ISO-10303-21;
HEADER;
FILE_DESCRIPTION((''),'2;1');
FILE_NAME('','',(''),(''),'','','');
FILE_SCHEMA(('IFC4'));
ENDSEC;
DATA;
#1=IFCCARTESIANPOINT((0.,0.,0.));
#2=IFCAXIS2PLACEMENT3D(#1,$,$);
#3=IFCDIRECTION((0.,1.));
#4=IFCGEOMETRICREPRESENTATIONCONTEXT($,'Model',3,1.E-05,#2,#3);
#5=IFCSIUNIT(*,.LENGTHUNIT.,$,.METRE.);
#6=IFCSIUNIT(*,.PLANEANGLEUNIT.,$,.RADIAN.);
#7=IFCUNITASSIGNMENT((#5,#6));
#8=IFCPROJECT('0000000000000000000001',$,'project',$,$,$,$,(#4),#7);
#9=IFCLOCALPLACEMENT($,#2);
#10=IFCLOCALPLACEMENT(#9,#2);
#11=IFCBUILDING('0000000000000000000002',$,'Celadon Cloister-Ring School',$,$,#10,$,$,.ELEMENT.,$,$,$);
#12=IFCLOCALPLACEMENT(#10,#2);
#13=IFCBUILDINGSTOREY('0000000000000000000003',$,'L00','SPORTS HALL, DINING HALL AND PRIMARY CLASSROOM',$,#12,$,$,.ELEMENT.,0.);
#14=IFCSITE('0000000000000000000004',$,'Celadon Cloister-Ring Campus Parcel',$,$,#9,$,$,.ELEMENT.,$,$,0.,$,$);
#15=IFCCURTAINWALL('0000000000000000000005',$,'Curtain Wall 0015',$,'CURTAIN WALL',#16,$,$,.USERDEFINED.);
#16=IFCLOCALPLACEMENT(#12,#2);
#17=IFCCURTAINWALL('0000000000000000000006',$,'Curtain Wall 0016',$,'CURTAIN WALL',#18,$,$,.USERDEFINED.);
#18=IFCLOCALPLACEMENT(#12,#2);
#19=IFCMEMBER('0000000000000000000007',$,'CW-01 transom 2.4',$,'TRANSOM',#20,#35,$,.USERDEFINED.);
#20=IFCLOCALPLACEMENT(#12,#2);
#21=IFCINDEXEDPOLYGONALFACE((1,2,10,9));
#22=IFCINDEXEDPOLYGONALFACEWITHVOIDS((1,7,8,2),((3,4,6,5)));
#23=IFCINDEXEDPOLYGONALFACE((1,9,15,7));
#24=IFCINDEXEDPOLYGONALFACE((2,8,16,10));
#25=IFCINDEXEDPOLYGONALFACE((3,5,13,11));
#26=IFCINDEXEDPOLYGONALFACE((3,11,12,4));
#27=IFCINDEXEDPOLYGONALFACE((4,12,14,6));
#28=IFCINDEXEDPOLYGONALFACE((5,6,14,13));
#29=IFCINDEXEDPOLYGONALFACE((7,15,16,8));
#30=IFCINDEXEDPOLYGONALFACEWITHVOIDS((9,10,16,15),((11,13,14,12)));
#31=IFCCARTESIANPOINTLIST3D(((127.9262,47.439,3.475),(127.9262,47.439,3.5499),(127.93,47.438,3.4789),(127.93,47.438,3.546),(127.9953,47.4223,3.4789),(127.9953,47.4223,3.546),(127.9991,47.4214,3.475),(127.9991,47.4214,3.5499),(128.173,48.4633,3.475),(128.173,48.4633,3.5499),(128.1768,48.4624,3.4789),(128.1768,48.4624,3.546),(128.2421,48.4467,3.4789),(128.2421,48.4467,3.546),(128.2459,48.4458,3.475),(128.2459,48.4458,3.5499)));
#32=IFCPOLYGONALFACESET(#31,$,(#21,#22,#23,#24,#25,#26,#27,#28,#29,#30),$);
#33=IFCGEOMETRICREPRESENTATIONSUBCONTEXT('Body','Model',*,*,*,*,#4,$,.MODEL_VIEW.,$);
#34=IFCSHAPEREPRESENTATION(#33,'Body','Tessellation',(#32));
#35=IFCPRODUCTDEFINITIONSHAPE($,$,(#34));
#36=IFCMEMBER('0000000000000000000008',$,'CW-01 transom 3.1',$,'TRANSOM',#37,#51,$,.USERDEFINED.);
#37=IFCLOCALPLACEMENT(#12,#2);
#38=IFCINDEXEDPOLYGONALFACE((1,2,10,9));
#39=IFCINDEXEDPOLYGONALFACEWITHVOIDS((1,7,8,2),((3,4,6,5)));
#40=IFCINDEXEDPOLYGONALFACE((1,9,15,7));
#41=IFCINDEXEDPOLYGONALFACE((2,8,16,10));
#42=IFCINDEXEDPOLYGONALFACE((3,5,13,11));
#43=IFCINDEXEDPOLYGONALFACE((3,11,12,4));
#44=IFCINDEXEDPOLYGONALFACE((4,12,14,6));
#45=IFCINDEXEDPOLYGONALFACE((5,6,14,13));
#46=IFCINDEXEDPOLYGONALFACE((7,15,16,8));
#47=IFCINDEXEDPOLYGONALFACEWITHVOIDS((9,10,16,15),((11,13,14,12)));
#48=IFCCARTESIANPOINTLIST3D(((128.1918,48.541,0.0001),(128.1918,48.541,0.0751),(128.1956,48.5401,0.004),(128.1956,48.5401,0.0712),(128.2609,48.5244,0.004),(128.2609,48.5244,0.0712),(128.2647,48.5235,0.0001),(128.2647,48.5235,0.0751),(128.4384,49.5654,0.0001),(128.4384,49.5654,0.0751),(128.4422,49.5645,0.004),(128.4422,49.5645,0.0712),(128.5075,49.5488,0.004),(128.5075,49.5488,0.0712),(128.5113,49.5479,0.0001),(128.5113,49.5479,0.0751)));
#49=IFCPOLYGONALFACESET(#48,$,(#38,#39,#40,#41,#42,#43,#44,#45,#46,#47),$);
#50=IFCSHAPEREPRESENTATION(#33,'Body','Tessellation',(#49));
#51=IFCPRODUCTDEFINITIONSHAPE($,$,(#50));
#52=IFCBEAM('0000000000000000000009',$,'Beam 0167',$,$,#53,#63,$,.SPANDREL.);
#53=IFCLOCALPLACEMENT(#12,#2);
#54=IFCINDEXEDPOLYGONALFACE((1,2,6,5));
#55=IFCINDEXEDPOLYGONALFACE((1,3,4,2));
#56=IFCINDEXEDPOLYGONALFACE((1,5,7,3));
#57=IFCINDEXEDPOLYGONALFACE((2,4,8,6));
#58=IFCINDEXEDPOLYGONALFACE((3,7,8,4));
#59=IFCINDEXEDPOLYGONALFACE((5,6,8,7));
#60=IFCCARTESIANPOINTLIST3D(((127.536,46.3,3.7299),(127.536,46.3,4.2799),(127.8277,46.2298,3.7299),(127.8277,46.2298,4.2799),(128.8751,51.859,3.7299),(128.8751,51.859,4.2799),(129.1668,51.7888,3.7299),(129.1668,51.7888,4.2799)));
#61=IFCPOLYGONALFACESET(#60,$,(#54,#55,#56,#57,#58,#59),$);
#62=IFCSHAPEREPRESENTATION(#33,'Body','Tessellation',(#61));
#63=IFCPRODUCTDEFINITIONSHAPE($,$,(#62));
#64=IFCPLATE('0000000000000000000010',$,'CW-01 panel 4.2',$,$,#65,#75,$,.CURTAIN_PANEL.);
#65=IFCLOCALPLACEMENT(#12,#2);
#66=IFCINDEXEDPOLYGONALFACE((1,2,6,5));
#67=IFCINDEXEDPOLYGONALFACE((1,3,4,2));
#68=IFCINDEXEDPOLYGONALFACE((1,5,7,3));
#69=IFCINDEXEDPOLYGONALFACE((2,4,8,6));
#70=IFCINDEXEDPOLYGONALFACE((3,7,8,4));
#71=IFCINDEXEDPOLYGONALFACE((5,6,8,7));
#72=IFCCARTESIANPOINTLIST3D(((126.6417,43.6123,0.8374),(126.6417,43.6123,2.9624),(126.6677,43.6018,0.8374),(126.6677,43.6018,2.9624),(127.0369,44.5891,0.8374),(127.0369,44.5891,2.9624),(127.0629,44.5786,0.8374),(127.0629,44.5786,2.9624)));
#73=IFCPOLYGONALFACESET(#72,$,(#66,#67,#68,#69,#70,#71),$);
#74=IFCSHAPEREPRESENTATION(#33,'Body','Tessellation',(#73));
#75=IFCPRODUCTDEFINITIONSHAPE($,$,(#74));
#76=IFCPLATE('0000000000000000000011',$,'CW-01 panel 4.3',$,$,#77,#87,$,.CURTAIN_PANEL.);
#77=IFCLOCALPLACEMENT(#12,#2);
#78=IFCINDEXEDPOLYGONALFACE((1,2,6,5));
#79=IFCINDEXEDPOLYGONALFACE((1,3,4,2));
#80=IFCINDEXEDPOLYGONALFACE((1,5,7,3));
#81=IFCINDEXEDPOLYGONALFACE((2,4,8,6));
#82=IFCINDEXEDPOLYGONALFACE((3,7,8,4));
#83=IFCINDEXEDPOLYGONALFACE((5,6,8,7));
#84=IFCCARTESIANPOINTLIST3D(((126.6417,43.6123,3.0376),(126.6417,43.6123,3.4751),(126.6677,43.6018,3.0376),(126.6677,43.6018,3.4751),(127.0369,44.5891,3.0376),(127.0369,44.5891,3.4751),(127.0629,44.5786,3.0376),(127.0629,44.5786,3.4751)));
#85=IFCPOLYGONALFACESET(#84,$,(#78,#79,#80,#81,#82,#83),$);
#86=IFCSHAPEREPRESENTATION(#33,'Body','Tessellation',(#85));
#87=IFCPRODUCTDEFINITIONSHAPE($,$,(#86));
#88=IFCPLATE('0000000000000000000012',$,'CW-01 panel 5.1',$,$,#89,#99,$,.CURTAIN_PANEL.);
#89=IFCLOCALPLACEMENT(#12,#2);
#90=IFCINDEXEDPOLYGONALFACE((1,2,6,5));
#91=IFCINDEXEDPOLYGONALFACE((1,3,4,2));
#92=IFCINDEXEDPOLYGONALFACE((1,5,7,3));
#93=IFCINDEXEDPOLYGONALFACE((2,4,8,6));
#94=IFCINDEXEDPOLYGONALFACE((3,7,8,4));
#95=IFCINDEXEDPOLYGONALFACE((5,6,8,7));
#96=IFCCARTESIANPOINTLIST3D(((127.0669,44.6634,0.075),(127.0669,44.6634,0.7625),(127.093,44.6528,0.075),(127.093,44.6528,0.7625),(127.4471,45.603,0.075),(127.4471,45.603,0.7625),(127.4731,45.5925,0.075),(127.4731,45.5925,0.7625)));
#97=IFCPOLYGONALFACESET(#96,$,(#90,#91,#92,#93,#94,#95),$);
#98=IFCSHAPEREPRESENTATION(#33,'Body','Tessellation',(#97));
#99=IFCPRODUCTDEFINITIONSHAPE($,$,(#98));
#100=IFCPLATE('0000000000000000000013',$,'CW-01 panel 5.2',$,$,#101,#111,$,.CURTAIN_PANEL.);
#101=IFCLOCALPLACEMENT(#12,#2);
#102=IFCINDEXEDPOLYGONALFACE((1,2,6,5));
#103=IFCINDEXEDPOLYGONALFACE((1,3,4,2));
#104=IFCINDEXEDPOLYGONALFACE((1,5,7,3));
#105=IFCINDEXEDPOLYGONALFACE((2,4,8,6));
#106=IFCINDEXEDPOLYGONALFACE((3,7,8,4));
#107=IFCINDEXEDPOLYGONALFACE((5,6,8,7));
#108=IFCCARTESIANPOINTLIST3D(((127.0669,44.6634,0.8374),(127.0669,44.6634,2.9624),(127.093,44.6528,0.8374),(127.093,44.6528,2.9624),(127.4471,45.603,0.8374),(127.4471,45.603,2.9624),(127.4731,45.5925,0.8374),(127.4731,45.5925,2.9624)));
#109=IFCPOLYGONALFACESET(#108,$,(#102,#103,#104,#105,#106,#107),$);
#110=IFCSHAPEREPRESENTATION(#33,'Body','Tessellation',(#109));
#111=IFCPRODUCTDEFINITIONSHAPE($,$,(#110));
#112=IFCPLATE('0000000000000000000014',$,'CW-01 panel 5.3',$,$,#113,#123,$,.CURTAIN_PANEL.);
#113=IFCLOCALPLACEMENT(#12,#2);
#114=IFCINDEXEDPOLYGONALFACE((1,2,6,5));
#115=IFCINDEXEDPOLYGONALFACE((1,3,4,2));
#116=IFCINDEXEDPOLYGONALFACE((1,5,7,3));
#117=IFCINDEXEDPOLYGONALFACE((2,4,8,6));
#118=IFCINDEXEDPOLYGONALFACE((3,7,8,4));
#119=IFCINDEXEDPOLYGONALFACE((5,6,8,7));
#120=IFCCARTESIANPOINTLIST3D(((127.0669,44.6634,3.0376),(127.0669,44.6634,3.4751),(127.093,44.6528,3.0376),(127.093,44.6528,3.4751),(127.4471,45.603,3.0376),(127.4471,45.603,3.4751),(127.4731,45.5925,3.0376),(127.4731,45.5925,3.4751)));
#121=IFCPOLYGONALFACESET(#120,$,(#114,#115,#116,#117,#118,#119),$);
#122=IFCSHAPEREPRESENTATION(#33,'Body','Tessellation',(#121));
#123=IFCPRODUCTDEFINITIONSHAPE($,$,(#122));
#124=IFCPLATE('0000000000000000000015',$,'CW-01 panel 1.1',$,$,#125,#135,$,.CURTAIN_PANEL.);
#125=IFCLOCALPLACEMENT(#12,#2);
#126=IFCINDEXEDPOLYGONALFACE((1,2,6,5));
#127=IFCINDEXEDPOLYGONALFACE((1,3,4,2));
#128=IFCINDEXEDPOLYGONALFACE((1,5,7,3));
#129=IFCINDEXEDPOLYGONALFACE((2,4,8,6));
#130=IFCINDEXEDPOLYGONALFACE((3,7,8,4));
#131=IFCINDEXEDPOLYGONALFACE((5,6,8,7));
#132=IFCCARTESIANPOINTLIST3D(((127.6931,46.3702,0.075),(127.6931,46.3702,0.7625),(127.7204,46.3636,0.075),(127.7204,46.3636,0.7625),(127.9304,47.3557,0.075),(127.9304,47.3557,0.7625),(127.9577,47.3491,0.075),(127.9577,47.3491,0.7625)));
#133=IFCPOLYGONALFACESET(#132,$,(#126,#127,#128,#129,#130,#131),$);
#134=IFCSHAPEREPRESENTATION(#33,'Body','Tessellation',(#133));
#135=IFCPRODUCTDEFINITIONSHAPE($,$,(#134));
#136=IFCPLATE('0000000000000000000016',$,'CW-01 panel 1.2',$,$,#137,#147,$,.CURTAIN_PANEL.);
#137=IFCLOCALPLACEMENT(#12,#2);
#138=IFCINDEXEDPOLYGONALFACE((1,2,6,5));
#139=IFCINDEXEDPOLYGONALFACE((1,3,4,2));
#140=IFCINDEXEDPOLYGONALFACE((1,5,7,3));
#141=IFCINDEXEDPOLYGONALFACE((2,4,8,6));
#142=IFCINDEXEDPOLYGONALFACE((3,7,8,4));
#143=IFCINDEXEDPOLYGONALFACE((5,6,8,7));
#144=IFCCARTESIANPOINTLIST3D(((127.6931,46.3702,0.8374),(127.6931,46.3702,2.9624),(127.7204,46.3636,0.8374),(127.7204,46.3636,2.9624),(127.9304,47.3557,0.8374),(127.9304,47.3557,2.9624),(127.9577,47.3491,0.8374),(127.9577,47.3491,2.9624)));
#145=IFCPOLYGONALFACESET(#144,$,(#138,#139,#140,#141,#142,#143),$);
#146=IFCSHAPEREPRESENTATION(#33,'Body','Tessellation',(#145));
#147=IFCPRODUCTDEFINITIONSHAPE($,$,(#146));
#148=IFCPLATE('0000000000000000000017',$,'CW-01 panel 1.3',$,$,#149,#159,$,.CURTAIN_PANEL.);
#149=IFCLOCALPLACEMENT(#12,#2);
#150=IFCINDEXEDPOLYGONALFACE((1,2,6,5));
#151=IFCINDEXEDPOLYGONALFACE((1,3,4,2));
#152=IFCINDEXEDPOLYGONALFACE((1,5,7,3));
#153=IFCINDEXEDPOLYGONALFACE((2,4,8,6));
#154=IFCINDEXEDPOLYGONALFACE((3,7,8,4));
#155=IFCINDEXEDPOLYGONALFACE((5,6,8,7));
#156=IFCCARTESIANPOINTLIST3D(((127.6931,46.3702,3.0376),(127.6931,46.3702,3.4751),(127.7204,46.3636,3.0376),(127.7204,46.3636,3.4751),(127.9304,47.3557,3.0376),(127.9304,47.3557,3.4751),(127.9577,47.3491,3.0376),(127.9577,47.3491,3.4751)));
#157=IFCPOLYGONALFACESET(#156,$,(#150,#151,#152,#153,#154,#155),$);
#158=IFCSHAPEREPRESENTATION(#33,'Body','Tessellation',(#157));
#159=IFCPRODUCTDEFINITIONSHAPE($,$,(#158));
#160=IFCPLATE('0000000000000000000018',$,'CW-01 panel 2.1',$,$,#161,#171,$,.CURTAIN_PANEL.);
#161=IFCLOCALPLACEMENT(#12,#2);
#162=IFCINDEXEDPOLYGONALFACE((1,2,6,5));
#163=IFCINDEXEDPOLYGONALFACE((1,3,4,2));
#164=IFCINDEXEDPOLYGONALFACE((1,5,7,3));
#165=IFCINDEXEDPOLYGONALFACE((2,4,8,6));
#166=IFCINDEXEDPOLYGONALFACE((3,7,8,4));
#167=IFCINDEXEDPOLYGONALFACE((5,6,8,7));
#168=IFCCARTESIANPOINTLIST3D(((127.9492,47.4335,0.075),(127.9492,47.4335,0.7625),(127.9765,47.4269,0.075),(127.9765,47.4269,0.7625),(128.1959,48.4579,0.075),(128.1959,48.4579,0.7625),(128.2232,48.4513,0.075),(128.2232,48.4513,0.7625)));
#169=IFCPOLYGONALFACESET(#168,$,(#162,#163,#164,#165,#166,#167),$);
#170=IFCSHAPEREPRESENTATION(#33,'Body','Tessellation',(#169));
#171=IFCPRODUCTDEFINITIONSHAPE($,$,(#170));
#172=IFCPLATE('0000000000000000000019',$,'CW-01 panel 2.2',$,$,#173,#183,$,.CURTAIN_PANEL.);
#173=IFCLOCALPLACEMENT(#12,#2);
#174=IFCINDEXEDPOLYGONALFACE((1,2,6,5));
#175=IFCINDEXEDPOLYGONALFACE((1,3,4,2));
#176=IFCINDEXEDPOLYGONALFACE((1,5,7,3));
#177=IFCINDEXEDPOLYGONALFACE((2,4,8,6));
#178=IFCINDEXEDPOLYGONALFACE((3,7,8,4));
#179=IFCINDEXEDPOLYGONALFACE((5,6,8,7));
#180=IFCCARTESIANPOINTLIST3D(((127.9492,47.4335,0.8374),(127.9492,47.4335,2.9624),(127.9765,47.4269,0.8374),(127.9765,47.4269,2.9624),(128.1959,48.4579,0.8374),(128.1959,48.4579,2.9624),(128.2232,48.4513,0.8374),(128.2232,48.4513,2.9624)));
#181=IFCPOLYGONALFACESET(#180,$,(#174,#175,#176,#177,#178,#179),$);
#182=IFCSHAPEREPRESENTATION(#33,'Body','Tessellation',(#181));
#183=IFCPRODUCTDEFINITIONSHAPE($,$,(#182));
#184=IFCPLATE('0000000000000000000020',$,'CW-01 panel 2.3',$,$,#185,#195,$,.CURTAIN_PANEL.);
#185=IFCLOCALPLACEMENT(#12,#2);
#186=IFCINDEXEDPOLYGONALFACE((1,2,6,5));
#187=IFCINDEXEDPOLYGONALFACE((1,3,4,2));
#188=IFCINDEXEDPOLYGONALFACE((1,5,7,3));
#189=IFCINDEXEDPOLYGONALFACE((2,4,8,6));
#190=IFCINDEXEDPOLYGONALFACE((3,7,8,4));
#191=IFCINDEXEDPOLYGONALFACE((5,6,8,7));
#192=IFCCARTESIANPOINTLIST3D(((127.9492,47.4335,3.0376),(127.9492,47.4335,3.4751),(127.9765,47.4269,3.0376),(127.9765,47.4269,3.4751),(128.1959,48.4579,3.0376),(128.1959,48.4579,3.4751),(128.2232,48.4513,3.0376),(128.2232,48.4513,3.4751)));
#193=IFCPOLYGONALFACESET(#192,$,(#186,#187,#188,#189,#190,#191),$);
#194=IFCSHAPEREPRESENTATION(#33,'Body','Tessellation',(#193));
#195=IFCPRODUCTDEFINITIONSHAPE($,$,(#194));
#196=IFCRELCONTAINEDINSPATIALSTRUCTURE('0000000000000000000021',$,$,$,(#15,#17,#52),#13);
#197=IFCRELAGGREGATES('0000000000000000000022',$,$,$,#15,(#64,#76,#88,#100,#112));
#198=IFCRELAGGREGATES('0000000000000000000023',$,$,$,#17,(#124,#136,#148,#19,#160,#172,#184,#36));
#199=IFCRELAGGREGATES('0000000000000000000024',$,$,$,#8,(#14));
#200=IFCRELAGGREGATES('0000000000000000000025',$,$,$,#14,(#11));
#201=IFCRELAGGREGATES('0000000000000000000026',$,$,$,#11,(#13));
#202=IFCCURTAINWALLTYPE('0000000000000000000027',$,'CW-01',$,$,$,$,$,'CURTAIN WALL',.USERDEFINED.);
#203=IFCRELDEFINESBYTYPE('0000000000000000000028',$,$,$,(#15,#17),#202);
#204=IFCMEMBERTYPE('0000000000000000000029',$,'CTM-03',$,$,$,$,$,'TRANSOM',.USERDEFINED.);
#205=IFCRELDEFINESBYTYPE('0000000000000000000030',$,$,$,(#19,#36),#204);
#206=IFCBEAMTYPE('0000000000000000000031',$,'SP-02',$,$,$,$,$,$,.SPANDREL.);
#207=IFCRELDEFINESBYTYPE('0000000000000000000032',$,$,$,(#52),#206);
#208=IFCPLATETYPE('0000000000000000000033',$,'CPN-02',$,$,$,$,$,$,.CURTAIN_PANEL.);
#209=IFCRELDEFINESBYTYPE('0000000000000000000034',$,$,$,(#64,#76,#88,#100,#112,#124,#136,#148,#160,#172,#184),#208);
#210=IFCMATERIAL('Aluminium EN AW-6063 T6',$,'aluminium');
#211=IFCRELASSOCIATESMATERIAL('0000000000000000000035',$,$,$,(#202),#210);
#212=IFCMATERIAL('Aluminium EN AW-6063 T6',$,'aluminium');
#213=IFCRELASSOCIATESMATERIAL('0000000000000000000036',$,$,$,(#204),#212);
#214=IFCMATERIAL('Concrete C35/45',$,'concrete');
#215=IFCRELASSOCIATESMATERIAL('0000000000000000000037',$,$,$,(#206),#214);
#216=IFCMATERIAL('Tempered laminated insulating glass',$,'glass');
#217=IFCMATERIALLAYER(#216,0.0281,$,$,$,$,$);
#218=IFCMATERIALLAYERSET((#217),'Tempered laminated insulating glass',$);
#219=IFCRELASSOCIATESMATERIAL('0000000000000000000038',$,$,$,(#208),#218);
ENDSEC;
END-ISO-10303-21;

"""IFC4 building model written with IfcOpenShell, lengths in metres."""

from ifc_helpers import new_model, si_unit, direction, frame, origin, origin_2d, place, context, subcontext, project, spatial, rectangle, hollow_rectangle, extrude, material, layer, layer_set, material_profile, profile_set, type_object, element, aggregate, save


model = new_model("IFC4")

# Units and contexts
model_context = context("Model", 3, precision=1e-05, world=origin(), true_north=direction((0.0, 1.0)))
body_context = subcontext(model_context, "Body", "Model", "MODEL_VIEW")
ifc_project = project(units=[si_unit("LENGTHUNIT", "METRE"), si_unit("PLANEANGLEUNIT", "RADIAN")], contexts=[model_context])

# Site, building, storey
site_placement = place(None, origin())
site = spatial("IfcSite", under=ifc_project, at=site_placement, Name="Celadon Cloister-Ring Campus Parcel", CompositionType="ELEMENT", RefElevation=0.0)
building_placement = place(site_placement, origin())
building = spatial("IfcBuilding", under=site, at=building_placement, Name="Celadon Cloister-Ring School", CompositionType="ELEMENT")
storey_placement = place(building_placement, origin())
storey = spatial("IfcBuildingStorey", under=building, at=storey_placement, Name="L00", Description="SPORTS HALL, DINING HALL AND PRIMARY CLASSROOM", CompositionType="ELEMENT", Elevation=0.0)

# Curtain walls
ifc_material_1 = material(Name="Aluminium EN AW-6063 T6", Category="aluminium")
curtain_wall_type = type_object("IfcCurtainWallType", Name="CW-01", ElementType="CURTAIN WALL", PredefinedType="USERDEFINED", material=ifc_material_1)
curtain_wall_1_placement = place(storey_placement, origin())
curtain_wall_1 = element("IfcCurtainWall", 1, at=curtain_wall_1_placement, inside=storey, type_object=curtain_wall_type, Name="Curtain Wall 0015", ObjectType="CURTAIN WALL", PredefinedType="USERDEFINED")
curtain_wall_2_placement = place(storey_placement, origin())
curtain_wall_2 = element("IfcCurtainWall", 2, at=curtain_wall_2_placement, inside=storey, type_object=curtain_wall_type, Name="Curtain Wall 0016", ObjectType="CURTAIN WALL", PredefinedType="USERDEFINED")

# Members
ifc_material_2 = material(Name="Aluminium EN AW-6063 T6", Category="aluminium")
ifc_material_profile_1 = material_profile(ifc_material_2, hollow_rectangle(XDim=0.075, YDim=0.075, WallThickness=0.0039, at=origin_2d()), Name="RHS75X75X4")
ifc_profile_set_1 = profile_set([ifc_material_profile_1], Name="Aluminium EN AW-6063 T6")
member_type_1 = type_object("IfcMemberType", Name="CTM-03", ElementType="TRANSOM", PredefinedType="USERDEFINED", material=ifc_profile_set_1)
member_1_placement = place(storey_placement, frame((127.9626, 47.4302, 3.5125), z_axis=(0.23424, 0.972179, 0.0), x_axis=(-0.972179, 0.23424, 0.0)))
member_1 = element("IfcMember", 3, at=member_1_placement, type_object=member_type_1, Name="CW-01 transom 2.4", ObjectType="TRANSOM", PredefinedType="USERDEFINED", context=body_context, shape_type="SweptSolid", body=[
    extrude(hollow_rectangle(XDim=0.075, YDim=0.075, WallThickness=0.0039, at=origin_2d()), origin(), (0.0, 0.0, 1.0), 1.0537),
])
member_2_placement = place(storey_placement, frame((128.2283, 48.5322, 0.0376), z_axis=(0.234021, 0.972231, 0.0), x_axis=(-0.972231, 0.234021, 0.0)))
member_2 = element("IfcMember", 4, at=member_2_placement, type_object=member_type_1, Name="CW-01 transom 3.1", ObjectType="TRANSOM", PredefinedType="USERDEFINED", context=body_context, shape_type="SweptSolid", body=[
    extrude(hollow_rectangle(XDim=0.075, YDim=0.075, WallThickness=0.0039, at=origin_2d()), origin(), (0.0, 0.0, 1.0), 1.0537),
])

# Beam
ifc_material_3 = material(Name="Concrete C35/45", Category="concrete")
ifc_material_profile_2 = material_profile(ifc_material_3, rectangle(XDim=0.3, YDim=0.55, at=origin_2d()), Name="RC300X550")
ifc_profile_set_2 = profile_set([ifc_material_profile_2], Name="Concrete C35/45")
beam_type = type_object("IfcBeamType", Name="SP-02", PredefinedType="SPANDREL", material=ifc_profile_set_2)
beam_placement = place(storey_placement, frame((127.6819, 46.2649, 4.0049), z_axis=(0.234188, 0.972191, 0.0), x_axis=(-0.972191, 0.234188, 0.0)))
element("IfcBeam", 5, at=beam_placement, inside=storey, type_object=beam_type, Name="Beam 0167", PredefinedType="SPANDREL", context=body_context, shape_type="SweptSolid", body=[
    extrude(rectangle(XDim=0.3, YDim=0.55, at=origin_2d()), origin(), (0.0, 0.0, 1.0), 5.718),
])

# Plates
ifc_material_4 = material(Name="Tempered laminated insulating glass", Category="glass")
ifc_layer = layer(ifc_material_4, 0.0281)
ifc_layer_set = layer_set([ifc_layer], Name="Tempered laminated insulating glass")
plate_type = type_object("IfcPlateType", Name="CPN-02", PredefinedType="CURTAIN_PANEL", material=ifc_layer_set)
plate_1_placement = place(storey_placement, frame((126.8523, 44.0955, 0.8374), z_axis=(0.0, 0.0, 1.0), x_axis=(0.375038, 0.92701, 0.0)))
plate_1 = element("IfcPlate", 6, at=plate_1_placement, type_object=plate_type, Name="CW-01 panel 4.2", PredefinedType="CURTAIN_PANEL", context=body_context, shape_type="SweptSolid", body=[
    extrude(rectangle(XDim=1.0537, YDim=0.0281, at=origin_2d()), origin(), (0.0, 0.0, 1.0), 2.125),
])
plate_2_placement = place(storey_placement, frame((126.8523, 44.0955, 3.0376), z_axis=(0.0, 0.0, 1.0), x_axis=(0.375038, 0.92701, 0.0)))
plate_2 = element("IfcPlate", 7, at=plate_2_placement, type_object=plate_type, Name="CW-01 panel 4.3", PredefinedType="CURTAIN_PANEL", context=body_context, shape_type="SweptSolid", body=[
    extrude(rectangle(XDim=1.0537, YDim=0.0281, at=origin_2d()), origin(), (0.0, 0.0, 1.0), 0.4375),
])
plate_3_placement = place(storey_placement, frame((127.27, 45.1279, 0.075), z_axis=(0.0, 0.0, 1.0), x_axis=(0.375038, 0.92701, 0.0)))
plate_3 = element("IfcPlate", 8, at=plate_3_placement, type_object=plate_type, Name="CW-01 panel 5.1", PredefinedType="CURTAIN_PANEL", context=body_context, shape_type="SweptSolid", body=[
    extrude(rectangle(XDim=1.0137, YDim=0.0281, at=origin_2d()), origin(), (0.0, 0.0, 1.0), 0.6875),
])
plate_4_placement = place(storey_placement, frame((127.27, 45.1279, 0.8374), z_axis=(0.0, 0.0, 1.0), x_axis=(0.375038, 0.92701, 0.0)))
plate_4 = element("IfcPlate", 9, at=plate_4_placement, type_object=plate_type, Name="CW-01 panel 5.2", PredefinedType="CURTAIN_PANEL", context=body_context, shape_type="SweptSolid", body=[
    extrude(rectangle(XDim=1.0137, YDim=0.0281, at=origin_2d()), origin(), (0.0, 0.0, 1.0), 2.125),
])
plate_5_placement = place(storey_placement, frame((127.27, 45.1279, 3.0376), z_axis=(0.0, 0.0, 1.0), x_axis=(0.375038, 0.92701, 0.0)))
plate_5 = element("IfcPlate", 10, at=plate_5_placement, type_object=plate_type, Name="CW-01 panel 5.3", PredefinedType="CURTAIN_PANEL", context=body_context, shape_type="SweptSolid", body=[
    extrude(rectangle(XDim=1.0137, YDim=0.0281, at=origin_2d()), origin(), (0.0, 0.0, 1.0), 0.4375),
])
aggregate(curtain_wall_1, [plate_1, plate_2, plate_3, plate_4, plate_5])
plate_6_placement = place(storey_placement, frame((127.8254, 46.8596, 0.075), z_axis=(0.0, 0.0, 1.0), x_axis=(0.2341, 0.972212, 0.0)))
plate_6 = element("IfcPlate", 11, at=plate_6_placement, type_object=plate_type, Name="CW-01 panel 1.1", PredefinedType="CURTAIN_PANEL", context=body_context, shape_type="SweptSolid", body=[
    extrude(rectangle(XDim=1.0137, YDim=0.0281, at=origin_2d()), origin(), (0.0, 0.0, 1.0), 0.6875),
])
plate_7_placement = place(storey_placement, frame((127.8254, 46.8596, 0.8374), z_axis=(0.0, 0.0, 1.0), x_axis=(0.2341, 0.972212, 0.0)))
plate_7 = element("IfcPlate", 12, at=plate_7_placement, type_object=plate_type, Name="CW-01 panel 1.2", PredefinedType="CURTAIN_PANEL", context=body_context, shape_type="SweptSolid", body=[
    extrude(rectangle(XDim=1.0137, YDim=0.0281, at=origin_2d()), origin(), (0.0, 0.0, 1.0), 2.125),
])
plate_8_placement = place(storey_placement, frame((127.8254, 46.8596, 3.0376), z_axis=(0.0, 0.0, 1.0), x_axis=(0.2341, 0.972212, 0.0)))
plate_8 = element("IfcPlate", 13, at=plate_8_placement, type_object=plate_type, Name="CW-01 panel 1.3", PredefinedType="CURTAIN_PANEL", context=body_context, shape_type="SweptSolid", body=[
    extrude(rectangle(XDim=1.0137, YDim=0.0281, at=origin_2d()), origin(), (0.0, 0.0, 1.0), 0.4375),
])
plate_9_placement = place(storey_placement, frame((128.0862, 47.9424, 0.075), z_axis=(0.0, 0.0, 1.0), x_axis=(0.2341, 0.972212, 0.0)))
plate_9 = element("IfcPlate", 14, at=plate_9_placement, type_object=plate_type, Name="CW-01 panel 2.1", PredefinedType="CURTAIN_PANEL", context=body_context, shape_type="SweptSolid", body=[
    extrude(rectangle(XDim=1.0537, YDim=0.0281, at=origin_2d()), origin(), (0.0, 0.0, 1.0), 0.6875),
])
plate_10_placement = place(storey_placement, frame((128.0862, 47.9424, 0.8374), z_axis=(0.0, 0.0, 1.0), x_axis=(0.2341, 0.972212, 0.0)))
plate_10 = element("IfcPlate", 15, at=plate_10_placement, type_object=plate_type, Name="CW-01 panel 2.2", PredefinedType="CURTAIN_PANEL", context=body_context, shape_type="SweptSolid", body=[
    extrude(rectangle(XDim=1.0537, YDim=0.0281, at=origin_2d()), origin(), (0.0, 0.0, 1.0), 2.125),
])
plate_11_placement = place(storey_placement, frame((128.0862, 47.9424, 3.0376), z_axis=(0.0, 0.0, 1.0), x_axis=(0.2341, 0.972212, 0.0)))
plate_11 = element("IfcPlate", 16, at=plate_11_placement, type_object=plate_type, Name="CW-01 panel 2.3", PredefinedType="CURTAIN_PANEL", context=body_context, shape_type="SweptSolid", body=[
    extrude(rectangle(XDim=1.0537, YDim=0.0281, at=origin_2d()), origin(), (0.0, 0.0, 1.0), 0.4375),
])
aggregate(curtain_wall_2, [plate_6, plate_7, plate_8, member_1, plate_9, plate_10, plate_11, member_2])

save(model, "model.ifc")
